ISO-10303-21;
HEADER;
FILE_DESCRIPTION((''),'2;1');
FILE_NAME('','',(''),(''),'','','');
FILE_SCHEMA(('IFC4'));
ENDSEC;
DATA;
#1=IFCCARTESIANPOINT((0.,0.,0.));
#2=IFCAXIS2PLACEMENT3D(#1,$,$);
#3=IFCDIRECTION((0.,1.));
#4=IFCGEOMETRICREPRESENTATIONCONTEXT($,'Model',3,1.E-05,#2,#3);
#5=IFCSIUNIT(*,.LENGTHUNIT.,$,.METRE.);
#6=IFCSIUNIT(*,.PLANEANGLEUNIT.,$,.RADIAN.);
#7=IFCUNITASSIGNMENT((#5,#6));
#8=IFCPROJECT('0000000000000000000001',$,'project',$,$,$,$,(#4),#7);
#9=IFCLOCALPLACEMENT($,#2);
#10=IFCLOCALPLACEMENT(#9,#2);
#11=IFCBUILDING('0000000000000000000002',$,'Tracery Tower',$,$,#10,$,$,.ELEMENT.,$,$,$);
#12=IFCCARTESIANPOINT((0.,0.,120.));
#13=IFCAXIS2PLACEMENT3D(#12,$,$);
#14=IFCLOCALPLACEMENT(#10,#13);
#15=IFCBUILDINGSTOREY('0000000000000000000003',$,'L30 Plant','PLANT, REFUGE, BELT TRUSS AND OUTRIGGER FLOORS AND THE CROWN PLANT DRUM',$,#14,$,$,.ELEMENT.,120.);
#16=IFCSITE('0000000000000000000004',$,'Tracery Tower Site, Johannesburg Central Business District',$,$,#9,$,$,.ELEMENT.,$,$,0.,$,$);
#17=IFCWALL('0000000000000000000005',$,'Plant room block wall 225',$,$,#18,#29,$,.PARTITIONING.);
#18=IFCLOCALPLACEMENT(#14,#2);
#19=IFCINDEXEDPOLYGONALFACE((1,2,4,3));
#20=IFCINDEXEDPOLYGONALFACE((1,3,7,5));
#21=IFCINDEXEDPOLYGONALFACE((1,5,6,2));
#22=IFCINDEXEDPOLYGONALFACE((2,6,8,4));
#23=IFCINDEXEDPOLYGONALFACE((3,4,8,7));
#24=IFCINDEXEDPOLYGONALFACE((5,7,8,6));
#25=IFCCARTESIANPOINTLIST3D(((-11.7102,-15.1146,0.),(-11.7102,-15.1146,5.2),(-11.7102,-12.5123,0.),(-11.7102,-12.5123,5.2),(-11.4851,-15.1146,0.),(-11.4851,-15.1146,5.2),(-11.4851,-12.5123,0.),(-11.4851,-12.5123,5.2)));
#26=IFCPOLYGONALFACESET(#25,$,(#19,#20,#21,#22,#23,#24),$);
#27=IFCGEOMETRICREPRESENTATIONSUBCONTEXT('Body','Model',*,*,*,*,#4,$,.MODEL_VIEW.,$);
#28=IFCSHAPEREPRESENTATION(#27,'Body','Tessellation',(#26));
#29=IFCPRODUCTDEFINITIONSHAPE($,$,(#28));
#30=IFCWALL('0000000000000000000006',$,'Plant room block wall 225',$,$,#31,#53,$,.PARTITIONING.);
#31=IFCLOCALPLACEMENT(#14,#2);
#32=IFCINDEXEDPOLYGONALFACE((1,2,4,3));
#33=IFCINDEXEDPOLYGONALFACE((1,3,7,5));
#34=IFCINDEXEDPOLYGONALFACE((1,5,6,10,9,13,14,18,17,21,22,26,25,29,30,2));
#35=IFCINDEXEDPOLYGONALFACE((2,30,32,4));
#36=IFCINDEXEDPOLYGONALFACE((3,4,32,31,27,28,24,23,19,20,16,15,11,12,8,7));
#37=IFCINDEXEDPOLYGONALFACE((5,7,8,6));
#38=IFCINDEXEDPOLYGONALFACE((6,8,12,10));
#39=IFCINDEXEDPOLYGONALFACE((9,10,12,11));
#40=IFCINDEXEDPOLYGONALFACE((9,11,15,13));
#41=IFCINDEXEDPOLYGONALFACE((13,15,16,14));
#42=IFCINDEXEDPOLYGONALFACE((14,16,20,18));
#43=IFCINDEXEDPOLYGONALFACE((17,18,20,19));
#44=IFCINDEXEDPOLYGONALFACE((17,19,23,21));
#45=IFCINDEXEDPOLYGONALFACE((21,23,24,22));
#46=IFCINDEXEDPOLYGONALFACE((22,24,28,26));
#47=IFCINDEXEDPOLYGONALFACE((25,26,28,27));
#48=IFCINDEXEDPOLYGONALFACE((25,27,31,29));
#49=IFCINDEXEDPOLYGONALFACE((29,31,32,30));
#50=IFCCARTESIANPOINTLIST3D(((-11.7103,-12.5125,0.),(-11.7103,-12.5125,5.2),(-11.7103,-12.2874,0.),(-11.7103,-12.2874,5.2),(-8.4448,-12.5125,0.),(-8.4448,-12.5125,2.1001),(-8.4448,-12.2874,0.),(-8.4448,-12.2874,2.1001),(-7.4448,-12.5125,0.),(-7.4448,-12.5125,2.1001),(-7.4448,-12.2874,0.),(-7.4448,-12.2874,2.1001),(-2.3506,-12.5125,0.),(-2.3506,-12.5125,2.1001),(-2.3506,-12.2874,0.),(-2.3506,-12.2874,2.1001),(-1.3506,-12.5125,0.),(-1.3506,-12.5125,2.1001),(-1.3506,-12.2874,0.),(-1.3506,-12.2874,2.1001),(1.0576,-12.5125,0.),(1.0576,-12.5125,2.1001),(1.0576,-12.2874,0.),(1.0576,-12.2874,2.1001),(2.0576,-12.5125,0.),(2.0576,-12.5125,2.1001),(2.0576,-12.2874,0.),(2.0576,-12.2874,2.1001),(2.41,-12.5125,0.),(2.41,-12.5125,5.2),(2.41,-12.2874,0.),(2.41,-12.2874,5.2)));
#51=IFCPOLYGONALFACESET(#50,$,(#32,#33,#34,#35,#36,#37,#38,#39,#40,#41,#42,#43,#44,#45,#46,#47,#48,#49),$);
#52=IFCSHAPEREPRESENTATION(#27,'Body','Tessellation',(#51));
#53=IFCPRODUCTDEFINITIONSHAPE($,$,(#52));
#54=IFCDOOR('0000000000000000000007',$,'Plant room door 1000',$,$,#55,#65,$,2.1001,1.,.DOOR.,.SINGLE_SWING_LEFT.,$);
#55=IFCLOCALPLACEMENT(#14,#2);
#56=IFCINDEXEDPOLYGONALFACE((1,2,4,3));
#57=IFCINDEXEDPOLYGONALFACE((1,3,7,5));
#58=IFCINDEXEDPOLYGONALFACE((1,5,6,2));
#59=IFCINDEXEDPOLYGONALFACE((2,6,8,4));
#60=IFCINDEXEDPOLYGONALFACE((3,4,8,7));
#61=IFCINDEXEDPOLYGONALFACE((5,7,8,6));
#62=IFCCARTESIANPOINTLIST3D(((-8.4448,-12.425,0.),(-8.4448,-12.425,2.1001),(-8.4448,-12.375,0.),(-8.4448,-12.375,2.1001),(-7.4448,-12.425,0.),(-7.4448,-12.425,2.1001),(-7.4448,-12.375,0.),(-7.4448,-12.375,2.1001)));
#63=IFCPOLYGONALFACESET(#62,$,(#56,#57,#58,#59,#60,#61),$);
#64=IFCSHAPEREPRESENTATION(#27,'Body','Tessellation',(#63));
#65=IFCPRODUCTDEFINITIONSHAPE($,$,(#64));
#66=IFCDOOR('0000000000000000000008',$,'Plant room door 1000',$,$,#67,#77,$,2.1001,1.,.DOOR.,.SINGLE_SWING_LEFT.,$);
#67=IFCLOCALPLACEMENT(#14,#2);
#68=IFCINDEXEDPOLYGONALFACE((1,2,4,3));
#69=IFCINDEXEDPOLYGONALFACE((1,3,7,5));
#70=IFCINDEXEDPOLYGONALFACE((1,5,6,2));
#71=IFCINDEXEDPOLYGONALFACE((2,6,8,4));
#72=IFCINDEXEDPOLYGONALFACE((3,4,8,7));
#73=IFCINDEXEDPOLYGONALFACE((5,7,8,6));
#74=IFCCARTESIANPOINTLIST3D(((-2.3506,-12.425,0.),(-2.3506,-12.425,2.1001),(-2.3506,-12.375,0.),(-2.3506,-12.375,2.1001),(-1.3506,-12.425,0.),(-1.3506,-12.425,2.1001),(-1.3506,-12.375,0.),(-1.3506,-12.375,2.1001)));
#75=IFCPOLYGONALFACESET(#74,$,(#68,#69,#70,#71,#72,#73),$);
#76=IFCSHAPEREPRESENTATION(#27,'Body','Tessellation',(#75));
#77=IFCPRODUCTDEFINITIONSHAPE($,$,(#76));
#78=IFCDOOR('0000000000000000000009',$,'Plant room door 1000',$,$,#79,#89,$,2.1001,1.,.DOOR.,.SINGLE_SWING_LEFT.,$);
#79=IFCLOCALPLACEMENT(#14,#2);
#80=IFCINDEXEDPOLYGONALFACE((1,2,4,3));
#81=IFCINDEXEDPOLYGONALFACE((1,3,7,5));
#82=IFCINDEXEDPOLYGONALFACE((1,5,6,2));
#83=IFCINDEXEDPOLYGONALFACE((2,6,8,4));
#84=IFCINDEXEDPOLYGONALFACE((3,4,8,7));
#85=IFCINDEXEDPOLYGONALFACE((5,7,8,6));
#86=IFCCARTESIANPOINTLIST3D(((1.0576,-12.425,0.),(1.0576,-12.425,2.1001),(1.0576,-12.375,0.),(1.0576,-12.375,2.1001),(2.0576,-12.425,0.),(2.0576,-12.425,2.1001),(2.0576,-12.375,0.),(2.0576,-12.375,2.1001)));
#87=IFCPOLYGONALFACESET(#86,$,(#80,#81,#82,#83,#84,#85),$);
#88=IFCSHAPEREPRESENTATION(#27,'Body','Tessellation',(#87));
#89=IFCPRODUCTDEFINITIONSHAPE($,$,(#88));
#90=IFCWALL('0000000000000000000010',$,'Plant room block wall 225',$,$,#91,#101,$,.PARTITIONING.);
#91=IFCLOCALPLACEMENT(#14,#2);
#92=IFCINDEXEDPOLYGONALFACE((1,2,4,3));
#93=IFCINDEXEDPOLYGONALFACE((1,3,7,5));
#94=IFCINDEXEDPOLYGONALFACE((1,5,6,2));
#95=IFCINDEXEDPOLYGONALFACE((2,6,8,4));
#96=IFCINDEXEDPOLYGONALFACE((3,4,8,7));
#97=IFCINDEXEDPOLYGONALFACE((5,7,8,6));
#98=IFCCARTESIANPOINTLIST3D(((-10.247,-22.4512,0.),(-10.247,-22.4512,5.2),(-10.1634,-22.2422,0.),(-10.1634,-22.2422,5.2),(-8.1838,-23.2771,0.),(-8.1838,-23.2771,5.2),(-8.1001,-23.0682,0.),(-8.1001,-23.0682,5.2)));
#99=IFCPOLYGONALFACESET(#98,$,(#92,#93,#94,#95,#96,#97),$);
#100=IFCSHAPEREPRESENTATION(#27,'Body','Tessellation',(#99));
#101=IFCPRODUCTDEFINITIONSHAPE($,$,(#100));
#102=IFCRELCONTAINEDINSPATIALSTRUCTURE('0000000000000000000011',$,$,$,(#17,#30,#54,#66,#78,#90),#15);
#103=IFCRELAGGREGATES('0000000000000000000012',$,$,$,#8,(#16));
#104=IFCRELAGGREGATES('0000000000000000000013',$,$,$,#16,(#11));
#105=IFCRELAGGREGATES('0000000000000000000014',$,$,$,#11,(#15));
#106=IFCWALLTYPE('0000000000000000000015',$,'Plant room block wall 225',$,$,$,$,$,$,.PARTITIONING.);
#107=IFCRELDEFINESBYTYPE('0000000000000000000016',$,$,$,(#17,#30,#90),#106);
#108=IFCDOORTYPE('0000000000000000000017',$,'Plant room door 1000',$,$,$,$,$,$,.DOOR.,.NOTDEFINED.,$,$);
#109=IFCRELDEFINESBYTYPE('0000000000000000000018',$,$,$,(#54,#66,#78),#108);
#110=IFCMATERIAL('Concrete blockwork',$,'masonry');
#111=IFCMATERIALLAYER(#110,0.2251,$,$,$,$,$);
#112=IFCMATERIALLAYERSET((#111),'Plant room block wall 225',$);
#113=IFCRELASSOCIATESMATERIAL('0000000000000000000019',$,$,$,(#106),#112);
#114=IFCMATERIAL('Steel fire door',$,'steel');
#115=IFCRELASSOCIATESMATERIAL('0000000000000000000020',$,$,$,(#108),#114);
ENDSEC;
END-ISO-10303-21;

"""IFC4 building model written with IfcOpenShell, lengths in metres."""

from ifc_helpers import new_model, si_unit, direction, frame, frame_2d, origin, place, context, subcontext, project, spatial, rectangle, extrude, material, layer, layer_set, type_object, element, fill, save


model = new_model("IFC4")

# Units and contexts
model_context = context("Model", 3, precision=1e-05, world=origin(), true_north=direction((0.0, 1.0)))
body_context = subcontext(model_context, "Body", "Model", "MODEL_VIEW")
ifc_project = project(units=[si_unit("LENGTHUNIT", "METRE"), si_unit("PLANEANGLEUNIT", "RADIAN")], contexts=[model_context])

# Site, building, storey
site_placement = place(None, origin())
site = spatial("IfcSite", under=ifc_project, at=site_placement, Name="Tracery Tower Site, Johannesburg Central Business District", CompositionType="ELEMENT", RefElevation=0.0)
building_placement = place(site_placement, origin())
building = spatial("IfcBuilding", under=site, at=building_placement, Name="Tracery Tower", CompositionType="ELEMENT")
storey_placement = place(building_placement, frame((0.0, 0.0, 120.0)))
storey = spatial("IfcBuildingStorey", under=building, at=storey_placement, Name="L30 Plant", Description="PLANT, REFUGE, BELT TRUSS AND OUTRIGGER FLOORS AND THE CROWN PLANT DRUM", CompositionType="ELEMENT", Elevation=120.0)

# Shared definitions
ifc_material_1 = material(Name="Concrete blockwork", Category="masonry")
ifc_layer = layer(ifc_material_1, 0.2251)
ifc_layer_set = layer_set([ifc_layer], Name="Plant room block wall 225")
wall_type = type_object("IfcWallType", Name="Plant room block wall 225", PredefinedType="PARTITIONING", material=ifc_layer_set)

# Shared definitions
ifc_material_2 = material(Name="Steel fire door", Category="steel")
door_type = type_object("IfcDoorType", Name="Plant room door 1000", OperationType="NOTDEFINED", PredefinedType="DOOR", material=ifc_material_2)

# Wall
wall_1_placement = place(storey_placement, frame((-11.5977, -15.1147, 0.0), z_axis=(0.0, 0.0, 1.0), x_axis=(0.0, 1.0, 0.0)))
element("IfcWall", 1, at=wall_1_placement, inside=storey, type_object=wall_type, Name="Plant room block wall 225", PredefinedType="PARTITIONING", context=body_context, shape_type="SweptSolid", body=[
    extrude(rectangle(XDim=2.6023, YDim=0.2251, at=frame_2d((1.3013, 0.0))), origin(), (0.0, 0.0, 1.0), 5.2),
])

# Wall, openings, doors
wall_2_placement = place(storey_placement, frame((-11.7102, -12.3999, 0.0), z_axis=(0.0, 0.0, 1.0), x_axis=(1.0, 0.0, 0.0)))
wall_2 = element("IfcWall", 2, at=wall_2_placement, inside=storey, type_object=wall_type, Name="Plant room block wall 225", PredefinedType="PARTITIONING", context=body_context, shape_type="SweptSolid", body=[
    extrude(rectangle(XDim=14.1204, YDim=0.2251, at=frame_2d((7.0601, 0.0))), origin(), (0.0, 0.0, 1.0), 5.2),
])
opening_1_placement = place(wall_2_placement, frame((3.2654, 0.0, 0.0)))
opening_1 = element("IfcOpeningElement", 3, at=opening_1_placement, cuts=wall_2, PredefinedType="OPENING", context=body_context, shape_type="SweptSolid", body=[
    extrude(rectangle(XDim=1.0, YDim=2.1001, at=frame_2d((0.5, 1.05))), frame((0.0, 0.1125, 0.0), z_axis=(0.0, -1.0, 0.0), x_axis=(1.0, 0.0, 0.0)), (0.0, 0.0, 1.0), 0.2251),
])
opening_2_placement = place(wall_2_placement, frame((9.3596, 0.0, 0.0)))
opening_2 = element("IfcOpeningElement", 4, at=opening_2_placement, cuts=wall_2, PredefinedType="OPENING", context=body_context, shape_type="SweptSolid", body=[
    extrude(rectangle(XDim=1.0, YDim=2.1001, at=frame_2d((0.5, 1.05))), frame((0.0, 0.1125, 0.0), z_axis=(0.0, -1.0, 0.0), x_axis=(1.0, 0.0, 0.0)), (0.0, 0.0, 1.0), 0.2251),
])
opening_3_placement = place(wall_2_placement, frame((12.7678, 0.0, 0.0)))
opening_3 = element("IfcOpeningElement", 5, at=opening_3_placement, cuts=wall_2, PredefinedType="OPENING", context=body_context, shape_type="SweptSolid", body=[
    extrude(rectangle(XDim=1.0, YDim=2.1001, at=frame_2d((0.5, 1.05))), frame((0.0, 0.1125, 0.0), z_axis=(0.0, -1.0, 0.0), x_axis=(1.0, 0.0, 0.0)), (0.0, 0.0, 1.0), 0.2251),
])
door_1_placement = place(opening_1_placement, origin())
door_1 = element("IfcDoor", 6, at=door_1_placement, inside=storey, type_object=door_type, Name="Plant room door 1000", OperationType="SINGLE_SWING_LEFT", OverallHeight=2.1001, OverallWidth=1.0, PredefinedType="DOOR", context=body_context, shape_type="SweptSolid", body=[
    extrude(rectangle(XDim=1.0, YDim=2.1001, at=frame_2d((0.5, 1.05))), frame((0.0, 0.0249, 0.0), z_axis=(0.0, -1.0, 0.0), x_axis=(1.0, 0.0, 0.0)), (0.0, 0.0, 1.0), 0.05),
])
fill(opening_1, door_1)
door_2_placement = place(opening_2_placement, origin())
door_2 = element("IfcDoor", 7, at=door_2_placement, inside=storey, type_object=door_type, Name="Plant room door 1000", OperationType="SINGLE_SWING_LEFT", OverallHeight=2.1001, OverallWidth=1.0, PredefinedType="DOOR", context=body_context, shape_type="SweptSolid", body=[
    extrude(rectangle(XDim=1.0, YDim=2.1001, at=frame_2d((0.5, 1.05))), frame((0.0, 0.0249, 0.0), z_axis=(0.0, -1.0, 0.0), x_axis=(1.0, 0.0, 0.0)), (0.0, 0.0, 1.0), 0.05),
])
fill(opening_2, door_2)
door_3_placement = place(opening_3_placement, origin())
door_3 = element("IfcDoor", 8, at=door_3_placement, inside=storey, type_object=door_type, Name="Plant room door 1000", OperationType="SINGLE_SWING_LEFT", OverallHeight=2.1001, OverallWidth=1.0, PredefinedType="DOOR", context=body_context, shape_type="SweptSolid", body=[
    extrude(rectangle(XDim=1.0, YDim=2.1001, at=frame_2d((0.5, 1.05))), frame((0.0, 0.0249, 0.0), z_axis=(0.0, -1.0, 0.0), x_axis=(1.0, 0.0, 0.0)), (0.0, 0.0, 1.0), 0.05),
])
fill(opening_3, door_3)

# Wall
wall_3_placement = place(storey_placement, frame((-10.2053, -22.3467, 0.0), z_axis=(0.0, 0.0, 1.0), x_axis=(0.928378, -0.371637, 0.0)))
element("IfcWall", 9, at=wall_3_placement, inside=storey, type_object=wall_type, Name="Plant room block wall 225", PredefinedType="PARTITIONING", context=body_context, shape_type="SweptSolid", body=[
    extrude(rectangle(XDim=2.2224, YDim=0.2251, at=frame_2d((1.1113, 0.0))), origin(), (0.0, 0.0, 1.0), 5.2),
])

save(model, "model.ifc")
